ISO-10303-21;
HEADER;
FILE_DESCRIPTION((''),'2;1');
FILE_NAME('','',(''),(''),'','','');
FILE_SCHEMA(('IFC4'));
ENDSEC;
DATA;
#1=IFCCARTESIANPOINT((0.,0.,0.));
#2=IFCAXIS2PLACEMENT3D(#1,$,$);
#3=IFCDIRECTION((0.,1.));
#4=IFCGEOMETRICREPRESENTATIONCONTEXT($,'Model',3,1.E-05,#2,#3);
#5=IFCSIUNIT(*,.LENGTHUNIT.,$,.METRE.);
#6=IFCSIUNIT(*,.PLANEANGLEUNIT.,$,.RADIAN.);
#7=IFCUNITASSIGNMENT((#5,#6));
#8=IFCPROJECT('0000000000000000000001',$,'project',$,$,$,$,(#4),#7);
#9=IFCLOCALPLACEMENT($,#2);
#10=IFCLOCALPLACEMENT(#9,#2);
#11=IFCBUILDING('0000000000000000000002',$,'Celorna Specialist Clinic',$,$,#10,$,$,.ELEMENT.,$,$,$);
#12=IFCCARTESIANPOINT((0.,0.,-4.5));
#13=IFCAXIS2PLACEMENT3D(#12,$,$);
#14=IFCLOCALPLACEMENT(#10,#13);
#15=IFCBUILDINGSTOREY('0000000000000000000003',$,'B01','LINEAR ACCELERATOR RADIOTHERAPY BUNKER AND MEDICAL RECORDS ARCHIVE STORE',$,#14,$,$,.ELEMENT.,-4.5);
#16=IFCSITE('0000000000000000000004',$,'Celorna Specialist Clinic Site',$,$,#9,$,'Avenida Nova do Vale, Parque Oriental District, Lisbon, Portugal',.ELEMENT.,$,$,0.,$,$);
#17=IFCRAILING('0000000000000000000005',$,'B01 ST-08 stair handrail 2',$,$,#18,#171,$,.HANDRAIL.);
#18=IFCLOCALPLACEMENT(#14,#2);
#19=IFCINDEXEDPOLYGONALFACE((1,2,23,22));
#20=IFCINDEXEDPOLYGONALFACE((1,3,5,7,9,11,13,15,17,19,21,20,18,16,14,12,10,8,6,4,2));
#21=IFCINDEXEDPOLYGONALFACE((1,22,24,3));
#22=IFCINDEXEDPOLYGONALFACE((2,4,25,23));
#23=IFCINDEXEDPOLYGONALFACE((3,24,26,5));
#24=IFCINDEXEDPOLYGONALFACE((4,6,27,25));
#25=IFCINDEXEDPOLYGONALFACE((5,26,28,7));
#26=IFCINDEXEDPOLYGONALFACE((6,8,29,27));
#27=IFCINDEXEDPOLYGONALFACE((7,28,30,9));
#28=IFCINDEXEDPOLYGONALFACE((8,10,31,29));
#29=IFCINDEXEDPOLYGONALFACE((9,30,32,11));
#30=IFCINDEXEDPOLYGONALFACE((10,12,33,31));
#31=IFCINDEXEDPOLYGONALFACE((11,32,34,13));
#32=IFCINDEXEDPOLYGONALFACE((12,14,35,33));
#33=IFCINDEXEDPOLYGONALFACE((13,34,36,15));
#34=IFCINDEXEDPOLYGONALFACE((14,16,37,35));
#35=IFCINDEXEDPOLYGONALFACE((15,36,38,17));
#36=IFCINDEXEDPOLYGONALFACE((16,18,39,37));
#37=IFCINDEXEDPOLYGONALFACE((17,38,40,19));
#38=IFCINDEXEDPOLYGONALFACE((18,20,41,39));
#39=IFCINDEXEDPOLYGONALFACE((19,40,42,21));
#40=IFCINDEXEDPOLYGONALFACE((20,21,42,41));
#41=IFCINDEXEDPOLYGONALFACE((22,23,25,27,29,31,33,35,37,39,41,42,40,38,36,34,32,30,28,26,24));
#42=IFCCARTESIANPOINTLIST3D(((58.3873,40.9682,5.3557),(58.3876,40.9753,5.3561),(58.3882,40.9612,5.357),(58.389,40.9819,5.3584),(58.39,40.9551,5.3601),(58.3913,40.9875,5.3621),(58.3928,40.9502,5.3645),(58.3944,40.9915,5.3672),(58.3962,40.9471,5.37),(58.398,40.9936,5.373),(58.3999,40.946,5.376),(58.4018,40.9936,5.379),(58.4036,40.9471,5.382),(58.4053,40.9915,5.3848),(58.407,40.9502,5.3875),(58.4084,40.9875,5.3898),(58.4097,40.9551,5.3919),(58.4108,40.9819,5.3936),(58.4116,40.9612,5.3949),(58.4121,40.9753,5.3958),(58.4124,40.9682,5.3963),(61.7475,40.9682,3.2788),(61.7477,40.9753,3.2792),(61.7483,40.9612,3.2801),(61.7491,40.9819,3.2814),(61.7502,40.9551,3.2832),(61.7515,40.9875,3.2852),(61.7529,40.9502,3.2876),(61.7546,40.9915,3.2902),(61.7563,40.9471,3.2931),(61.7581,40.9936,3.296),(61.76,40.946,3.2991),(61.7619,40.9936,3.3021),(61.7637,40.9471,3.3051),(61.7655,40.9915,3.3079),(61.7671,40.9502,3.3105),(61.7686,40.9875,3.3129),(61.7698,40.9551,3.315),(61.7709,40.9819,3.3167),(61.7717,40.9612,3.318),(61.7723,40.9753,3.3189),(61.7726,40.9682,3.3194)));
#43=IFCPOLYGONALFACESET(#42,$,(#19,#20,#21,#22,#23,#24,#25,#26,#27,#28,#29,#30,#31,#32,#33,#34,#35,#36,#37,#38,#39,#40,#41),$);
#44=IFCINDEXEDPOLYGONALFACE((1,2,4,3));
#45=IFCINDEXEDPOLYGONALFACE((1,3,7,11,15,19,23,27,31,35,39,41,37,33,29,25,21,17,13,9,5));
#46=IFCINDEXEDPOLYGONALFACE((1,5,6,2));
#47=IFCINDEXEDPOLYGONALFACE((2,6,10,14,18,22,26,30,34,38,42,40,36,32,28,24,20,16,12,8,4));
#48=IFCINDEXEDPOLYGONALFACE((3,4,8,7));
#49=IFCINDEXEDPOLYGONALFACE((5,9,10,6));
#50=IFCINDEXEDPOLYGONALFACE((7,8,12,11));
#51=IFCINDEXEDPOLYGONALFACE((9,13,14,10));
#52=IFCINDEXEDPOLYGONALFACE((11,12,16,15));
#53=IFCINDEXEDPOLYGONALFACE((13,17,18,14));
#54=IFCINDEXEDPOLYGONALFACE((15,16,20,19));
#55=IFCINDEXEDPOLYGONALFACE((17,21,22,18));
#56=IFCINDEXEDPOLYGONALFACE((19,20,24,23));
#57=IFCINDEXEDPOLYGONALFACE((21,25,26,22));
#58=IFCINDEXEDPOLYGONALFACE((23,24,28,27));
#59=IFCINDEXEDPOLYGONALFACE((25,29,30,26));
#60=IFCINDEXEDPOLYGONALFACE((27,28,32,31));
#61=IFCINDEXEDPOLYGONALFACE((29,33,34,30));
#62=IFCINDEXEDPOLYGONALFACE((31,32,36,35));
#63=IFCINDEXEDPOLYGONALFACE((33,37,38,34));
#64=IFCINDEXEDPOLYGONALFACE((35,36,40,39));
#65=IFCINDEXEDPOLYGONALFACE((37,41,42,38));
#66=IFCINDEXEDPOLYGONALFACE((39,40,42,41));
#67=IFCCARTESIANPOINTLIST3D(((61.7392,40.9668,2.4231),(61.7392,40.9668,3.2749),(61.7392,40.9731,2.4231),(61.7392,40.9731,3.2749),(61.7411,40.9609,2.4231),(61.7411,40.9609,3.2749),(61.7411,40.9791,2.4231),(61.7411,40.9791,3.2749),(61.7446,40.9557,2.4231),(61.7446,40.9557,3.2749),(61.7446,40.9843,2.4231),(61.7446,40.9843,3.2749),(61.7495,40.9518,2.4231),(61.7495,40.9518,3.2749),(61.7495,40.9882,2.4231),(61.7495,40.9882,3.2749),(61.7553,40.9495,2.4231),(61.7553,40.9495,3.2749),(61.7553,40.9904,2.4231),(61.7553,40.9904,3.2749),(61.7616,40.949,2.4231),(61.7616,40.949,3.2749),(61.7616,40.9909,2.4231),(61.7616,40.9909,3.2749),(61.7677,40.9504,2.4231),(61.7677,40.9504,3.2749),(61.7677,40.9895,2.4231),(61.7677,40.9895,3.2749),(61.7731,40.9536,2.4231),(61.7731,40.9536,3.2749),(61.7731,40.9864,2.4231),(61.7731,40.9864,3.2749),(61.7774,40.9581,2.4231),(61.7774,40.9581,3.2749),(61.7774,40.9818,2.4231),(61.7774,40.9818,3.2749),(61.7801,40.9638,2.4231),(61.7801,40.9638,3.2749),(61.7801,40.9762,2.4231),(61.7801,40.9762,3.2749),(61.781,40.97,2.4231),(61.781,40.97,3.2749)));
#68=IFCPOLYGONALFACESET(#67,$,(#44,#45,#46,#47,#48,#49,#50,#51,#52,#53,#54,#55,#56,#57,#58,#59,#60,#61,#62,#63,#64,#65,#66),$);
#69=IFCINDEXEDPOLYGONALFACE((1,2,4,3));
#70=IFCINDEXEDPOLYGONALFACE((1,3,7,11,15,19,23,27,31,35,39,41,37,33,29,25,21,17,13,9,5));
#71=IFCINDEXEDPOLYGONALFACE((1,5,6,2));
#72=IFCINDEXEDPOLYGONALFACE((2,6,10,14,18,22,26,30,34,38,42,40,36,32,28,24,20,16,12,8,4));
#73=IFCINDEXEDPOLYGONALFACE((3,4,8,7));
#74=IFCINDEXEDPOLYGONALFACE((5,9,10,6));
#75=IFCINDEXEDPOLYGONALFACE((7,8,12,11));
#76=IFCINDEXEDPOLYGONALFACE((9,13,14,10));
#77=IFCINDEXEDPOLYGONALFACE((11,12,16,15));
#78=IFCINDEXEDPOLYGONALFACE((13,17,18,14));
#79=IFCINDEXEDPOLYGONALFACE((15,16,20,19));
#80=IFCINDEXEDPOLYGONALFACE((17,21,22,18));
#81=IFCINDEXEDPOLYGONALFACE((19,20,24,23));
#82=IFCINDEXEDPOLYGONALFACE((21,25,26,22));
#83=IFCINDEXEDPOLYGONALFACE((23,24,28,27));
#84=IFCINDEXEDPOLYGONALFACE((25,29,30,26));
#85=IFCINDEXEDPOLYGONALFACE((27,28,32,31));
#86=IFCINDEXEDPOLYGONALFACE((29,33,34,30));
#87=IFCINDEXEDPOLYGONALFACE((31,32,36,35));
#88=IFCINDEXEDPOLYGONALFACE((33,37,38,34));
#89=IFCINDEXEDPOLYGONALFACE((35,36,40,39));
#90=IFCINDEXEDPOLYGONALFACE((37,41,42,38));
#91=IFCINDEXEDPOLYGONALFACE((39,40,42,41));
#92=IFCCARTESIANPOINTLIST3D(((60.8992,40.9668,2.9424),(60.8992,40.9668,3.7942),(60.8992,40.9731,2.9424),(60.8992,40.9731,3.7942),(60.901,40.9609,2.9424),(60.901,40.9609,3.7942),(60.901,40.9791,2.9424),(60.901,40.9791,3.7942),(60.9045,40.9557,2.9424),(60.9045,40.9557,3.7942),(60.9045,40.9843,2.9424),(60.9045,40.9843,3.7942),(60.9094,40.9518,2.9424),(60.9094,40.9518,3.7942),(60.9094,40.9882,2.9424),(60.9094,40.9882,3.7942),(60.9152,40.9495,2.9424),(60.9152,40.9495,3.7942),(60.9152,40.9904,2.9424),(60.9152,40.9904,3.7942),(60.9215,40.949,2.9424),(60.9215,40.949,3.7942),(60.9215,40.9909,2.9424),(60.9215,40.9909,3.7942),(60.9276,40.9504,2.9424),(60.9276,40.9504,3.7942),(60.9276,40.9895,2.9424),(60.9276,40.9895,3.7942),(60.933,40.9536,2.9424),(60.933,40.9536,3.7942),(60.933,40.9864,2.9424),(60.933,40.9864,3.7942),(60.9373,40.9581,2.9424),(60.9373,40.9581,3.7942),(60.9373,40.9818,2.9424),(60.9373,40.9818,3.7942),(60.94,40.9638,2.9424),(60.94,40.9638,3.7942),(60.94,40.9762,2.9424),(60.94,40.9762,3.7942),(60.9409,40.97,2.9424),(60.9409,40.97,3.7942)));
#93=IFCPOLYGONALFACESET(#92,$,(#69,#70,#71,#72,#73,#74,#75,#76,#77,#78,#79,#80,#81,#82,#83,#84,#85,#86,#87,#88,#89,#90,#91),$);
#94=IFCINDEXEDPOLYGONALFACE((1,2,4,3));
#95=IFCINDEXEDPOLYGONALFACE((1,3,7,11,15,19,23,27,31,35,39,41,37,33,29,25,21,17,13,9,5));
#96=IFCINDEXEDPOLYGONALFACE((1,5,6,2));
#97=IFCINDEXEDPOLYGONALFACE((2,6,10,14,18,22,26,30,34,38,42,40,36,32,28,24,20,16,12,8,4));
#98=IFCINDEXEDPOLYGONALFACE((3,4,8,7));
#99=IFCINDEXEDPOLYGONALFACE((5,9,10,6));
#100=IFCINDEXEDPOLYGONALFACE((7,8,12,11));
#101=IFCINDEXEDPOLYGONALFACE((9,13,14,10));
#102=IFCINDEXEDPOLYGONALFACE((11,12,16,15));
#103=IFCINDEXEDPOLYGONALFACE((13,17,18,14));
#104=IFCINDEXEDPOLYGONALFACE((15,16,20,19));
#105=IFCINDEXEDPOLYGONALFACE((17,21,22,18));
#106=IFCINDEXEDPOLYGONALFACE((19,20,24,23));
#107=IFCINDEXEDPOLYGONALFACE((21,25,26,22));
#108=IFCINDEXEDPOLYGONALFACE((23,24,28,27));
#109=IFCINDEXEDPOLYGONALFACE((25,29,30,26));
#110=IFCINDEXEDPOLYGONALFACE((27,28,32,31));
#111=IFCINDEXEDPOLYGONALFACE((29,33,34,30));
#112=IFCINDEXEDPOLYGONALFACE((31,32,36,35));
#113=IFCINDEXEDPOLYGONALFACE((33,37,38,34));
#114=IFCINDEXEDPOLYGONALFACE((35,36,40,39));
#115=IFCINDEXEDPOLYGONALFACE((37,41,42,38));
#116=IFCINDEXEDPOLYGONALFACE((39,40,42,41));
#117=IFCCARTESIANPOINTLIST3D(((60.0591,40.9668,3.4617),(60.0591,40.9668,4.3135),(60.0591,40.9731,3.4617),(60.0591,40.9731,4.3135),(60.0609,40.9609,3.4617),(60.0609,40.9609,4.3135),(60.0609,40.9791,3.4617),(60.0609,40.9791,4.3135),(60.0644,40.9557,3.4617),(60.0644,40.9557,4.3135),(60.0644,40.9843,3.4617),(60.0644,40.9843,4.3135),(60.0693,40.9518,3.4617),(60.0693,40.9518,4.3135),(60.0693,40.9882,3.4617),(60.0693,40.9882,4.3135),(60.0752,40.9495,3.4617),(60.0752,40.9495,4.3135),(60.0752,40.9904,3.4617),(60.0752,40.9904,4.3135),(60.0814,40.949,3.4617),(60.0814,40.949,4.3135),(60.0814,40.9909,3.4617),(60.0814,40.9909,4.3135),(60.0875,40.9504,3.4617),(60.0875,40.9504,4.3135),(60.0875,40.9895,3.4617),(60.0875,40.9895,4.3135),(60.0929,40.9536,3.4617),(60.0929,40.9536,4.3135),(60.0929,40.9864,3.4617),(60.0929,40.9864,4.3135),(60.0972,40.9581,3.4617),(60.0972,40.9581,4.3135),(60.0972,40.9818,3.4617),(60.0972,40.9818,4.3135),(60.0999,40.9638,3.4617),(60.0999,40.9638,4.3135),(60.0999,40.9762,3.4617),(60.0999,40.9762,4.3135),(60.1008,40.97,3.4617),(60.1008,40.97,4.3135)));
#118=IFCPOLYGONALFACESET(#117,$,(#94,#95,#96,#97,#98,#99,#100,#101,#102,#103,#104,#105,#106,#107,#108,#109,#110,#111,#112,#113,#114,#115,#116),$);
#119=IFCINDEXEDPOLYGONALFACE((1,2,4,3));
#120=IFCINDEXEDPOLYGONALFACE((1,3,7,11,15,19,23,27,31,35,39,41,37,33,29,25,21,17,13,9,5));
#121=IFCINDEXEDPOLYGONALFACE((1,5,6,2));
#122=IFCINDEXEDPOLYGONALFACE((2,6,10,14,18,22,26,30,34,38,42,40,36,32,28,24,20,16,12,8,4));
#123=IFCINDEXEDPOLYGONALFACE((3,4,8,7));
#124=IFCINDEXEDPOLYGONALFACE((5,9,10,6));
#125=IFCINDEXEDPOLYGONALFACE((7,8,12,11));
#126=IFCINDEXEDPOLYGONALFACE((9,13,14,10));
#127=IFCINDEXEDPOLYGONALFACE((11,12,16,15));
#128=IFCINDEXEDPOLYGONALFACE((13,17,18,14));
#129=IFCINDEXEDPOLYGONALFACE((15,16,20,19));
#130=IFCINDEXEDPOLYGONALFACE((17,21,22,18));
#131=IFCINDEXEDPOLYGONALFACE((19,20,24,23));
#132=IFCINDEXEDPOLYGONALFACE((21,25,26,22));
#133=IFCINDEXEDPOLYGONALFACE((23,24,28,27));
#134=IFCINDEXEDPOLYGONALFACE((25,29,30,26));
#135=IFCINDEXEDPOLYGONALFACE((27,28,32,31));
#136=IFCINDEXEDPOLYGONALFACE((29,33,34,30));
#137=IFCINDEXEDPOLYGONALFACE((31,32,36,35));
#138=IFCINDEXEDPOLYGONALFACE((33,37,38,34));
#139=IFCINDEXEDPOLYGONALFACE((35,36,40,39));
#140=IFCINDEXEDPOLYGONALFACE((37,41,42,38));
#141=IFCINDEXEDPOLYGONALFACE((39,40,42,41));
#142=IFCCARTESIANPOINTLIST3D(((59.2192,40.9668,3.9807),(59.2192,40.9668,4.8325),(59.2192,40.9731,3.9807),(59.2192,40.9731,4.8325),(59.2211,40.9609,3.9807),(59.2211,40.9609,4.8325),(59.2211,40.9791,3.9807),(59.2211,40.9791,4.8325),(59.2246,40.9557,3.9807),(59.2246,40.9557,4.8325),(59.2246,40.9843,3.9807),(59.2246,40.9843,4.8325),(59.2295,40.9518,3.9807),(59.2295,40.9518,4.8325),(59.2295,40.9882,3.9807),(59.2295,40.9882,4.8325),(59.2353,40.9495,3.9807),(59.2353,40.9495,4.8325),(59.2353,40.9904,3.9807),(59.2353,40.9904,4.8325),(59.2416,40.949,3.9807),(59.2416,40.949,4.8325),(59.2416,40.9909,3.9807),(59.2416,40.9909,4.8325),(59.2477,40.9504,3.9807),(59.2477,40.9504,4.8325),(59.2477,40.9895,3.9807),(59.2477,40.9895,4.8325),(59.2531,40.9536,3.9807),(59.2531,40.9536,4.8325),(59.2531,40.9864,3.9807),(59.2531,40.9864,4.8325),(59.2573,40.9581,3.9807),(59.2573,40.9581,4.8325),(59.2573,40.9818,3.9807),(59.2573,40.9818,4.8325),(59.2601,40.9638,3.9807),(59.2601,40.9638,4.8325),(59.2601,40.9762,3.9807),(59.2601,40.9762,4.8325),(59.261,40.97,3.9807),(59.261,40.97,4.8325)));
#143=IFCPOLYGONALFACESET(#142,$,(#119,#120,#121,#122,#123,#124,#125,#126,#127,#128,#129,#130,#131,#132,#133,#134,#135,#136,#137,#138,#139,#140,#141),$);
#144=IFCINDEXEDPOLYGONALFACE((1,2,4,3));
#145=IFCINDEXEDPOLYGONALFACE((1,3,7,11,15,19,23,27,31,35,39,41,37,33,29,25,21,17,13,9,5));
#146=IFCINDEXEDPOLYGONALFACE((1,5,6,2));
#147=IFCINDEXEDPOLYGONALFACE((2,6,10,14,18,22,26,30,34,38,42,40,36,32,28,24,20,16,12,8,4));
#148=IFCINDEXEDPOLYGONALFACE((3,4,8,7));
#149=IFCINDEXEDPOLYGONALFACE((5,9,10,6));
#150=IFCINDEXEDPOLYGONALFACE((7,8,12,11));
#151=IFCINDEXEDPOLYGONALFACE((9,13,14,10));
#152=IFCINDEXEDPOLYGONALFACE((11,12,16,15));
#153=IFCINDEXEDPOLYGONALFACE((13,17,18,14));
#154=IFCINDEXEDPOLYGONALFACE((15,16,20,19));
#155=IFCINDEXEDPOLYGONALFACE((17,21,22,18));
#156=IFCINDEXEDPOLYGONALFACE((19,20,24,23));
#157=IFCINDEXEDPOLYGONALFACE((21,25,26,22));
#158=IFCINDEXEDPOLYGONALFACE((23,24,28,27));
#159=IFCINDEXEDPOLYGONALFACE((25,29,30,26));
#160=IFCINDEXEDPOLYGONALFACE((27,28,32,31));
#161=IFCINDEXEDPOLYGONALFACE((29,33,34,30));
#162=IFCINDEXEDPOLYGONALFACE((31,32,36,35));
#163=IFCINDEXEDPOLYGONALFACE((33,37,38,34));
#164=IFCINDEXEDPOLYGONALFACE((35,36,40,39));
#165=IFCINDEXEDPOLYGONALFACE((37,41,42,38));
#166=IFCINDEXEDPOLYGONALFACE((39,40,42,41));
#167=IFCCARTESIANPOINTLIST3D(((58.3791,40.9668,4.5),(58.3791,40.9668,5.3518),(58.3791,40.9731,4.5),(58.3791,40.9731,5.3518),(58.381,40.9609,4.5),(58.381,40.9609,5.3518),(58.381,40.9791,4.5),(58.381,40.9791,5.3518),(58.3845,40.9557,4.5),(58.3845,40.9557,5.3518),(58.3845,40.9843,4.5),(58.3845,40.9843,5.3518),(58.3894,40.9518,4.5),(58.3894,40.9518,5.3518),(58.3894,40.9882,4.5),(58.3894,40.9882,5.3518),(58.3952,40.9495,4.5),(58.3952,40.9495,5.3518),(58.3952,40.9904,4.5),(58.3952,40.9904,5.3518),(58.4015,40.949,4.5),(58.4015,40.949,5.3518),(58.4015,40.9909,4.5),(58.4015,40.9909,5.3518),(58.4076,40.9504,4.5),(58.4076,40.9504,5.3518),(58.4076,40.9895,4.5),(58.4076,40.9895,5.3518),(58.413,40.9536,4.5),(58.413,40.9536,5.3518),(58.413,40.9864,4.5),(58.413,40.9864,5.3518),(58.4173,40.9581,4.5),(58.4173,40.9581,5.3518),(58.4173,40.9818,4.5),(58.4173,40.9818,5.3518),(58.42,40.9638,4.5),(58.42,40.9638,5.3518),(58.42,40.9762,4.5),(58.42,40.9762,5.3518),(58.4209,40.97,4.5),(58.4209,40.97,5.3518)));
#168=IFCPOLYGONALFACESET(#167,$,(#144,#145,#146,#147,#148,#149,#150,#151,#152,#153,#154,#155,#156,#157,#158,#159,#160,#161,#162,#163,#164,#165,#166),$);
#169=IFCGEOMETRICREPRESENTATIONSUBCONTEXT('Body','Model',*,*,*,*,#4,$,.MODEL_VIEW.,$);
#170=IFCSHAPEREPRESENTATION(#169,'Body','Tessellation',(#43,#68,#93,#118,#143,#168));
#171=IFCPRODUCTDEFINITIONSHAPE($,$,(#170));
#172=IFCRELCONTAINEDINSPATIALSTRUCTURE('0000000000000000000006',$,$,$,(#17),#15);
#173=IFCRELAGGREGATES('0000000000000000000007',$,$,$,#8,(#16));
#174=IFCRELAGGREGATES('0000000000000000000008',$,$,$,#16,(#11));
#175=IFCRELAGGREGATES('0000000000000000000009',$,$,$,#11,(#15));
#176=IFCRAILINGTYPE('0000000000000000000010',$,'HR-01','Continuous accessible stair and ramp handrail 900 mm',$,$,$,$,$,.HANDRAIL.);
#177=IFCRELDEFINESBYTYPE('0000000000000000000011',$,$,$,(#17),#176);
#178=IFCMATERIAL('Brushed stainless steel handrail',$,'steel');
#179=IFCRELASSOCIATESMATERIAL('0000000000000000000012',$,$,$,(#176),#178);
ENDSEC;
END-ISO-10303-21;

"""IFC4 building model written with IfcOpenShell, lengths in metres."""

from ifc_helpers import new_model, si_unit, direction, frame, origin, origin_2d, place, context, subcontext, project, spatial, circle, extrude, material, type_object, element, save


model = new_model("IFC4")

# Units and contexts
model_context = context("Model", 3, precision=1e-05, world=origin(), true_north=direction((0.0, 1.0)))
body_context = subcontext(model_context, "Body", "Model", "MODEL_VIEW")
ifc_project = project(units=[si_unit("LENGTHUNIT", "METRE"), si_unit("PLANEANGLEUNIT", "RADIAN")], contexts=[model_context])

# Site, building, storey
site_placement = place(None, origin())
site = spatial("IfcSite", under=ifc_project, at=site_placement, Name="Celorna Specialist Clinic Site", LongName="Avenida Nova do Vale, Parque Oriental District, Lisbon, Portugal", CompositionType="ELEMENT", RefElevation=0.0)
building_placement = place(site_placement, origin())
building = spatial("IfcBuilding", under=site, at=building_placement, Name="Celorna Specialist Clinic", CompositionType="ELEMENT")
storey_placement = place(building_placement, frame((0.0, 0.0, -4.5)))
storey = spatial("IfcBuildingStorey", under=building, at=storey_placement, Name="B01", Description="LINEAR ACCELERATOR RADIOTHERAPY BUNKER AND MEDICAL RECORDS ARCHIVE STORE", CompositionType="ELEMENT", Elevation=-4.5)

# Railing
ifc_material_1 = material(Name="Brushed stainless steel handrail", Category="steel")
railing_type = type_object("IfcRailingType", Name="HR-01", Description="Continuous accessible stair and ramp handrail 900 mm", PredefinedType="HANDRAIL", material=ifc_material_1)
railing_placement = place(storey_placement, frame((61.76, 40.97, 2.4231)))
element("IfcRailing", 1, at=railing_placement, inside=storey, type_object=railing_type, Name="B01 ST-08 stair handrail 2", PredefinedType="HANDRAIL", context=body_context, shape_type="SweptSolid", body=[
    extrude(circle(Radius=0.0239, at=origin_2d()), frame((0.0, 0.0, 0.876), z_axis=(-0.850623, 0.0, 0.525776), x_axis=(0.0, -1.0, 0.0)), (0.0, 0.0, 1.0), 3.9502),
    extrude(circle(Radius=0.021, at=origin_2d()), origin(), (0.0, 0.0, 1.0), 0.8518),
    extrude(circle(Radius=0.021, at=origin_2d()), frame((-0.8401, 0.0, 0.5193)), (0.0, 0.0, 1.0), 0.8518),
    extrude(circle(Radius=0.021, at=origin_2d()), frame((-1.6802, 0.0, 1.0386)), (0.0, 0.0, 1.0), 0.8518),
    extrude(circle(Radius=0.021, at=origin_2d()), frame((-2.52, 0.0, 1.5576)), (0.0, 0.0, 1.0), 0.8518),
    extrude(circle(Radius=0.021, at=origin_2d()), frame((-3.3601, 0.0, 2.0769)), (0.0, 0.0, 1.0), 0.8518),
])

save(model, "model.ifc")
